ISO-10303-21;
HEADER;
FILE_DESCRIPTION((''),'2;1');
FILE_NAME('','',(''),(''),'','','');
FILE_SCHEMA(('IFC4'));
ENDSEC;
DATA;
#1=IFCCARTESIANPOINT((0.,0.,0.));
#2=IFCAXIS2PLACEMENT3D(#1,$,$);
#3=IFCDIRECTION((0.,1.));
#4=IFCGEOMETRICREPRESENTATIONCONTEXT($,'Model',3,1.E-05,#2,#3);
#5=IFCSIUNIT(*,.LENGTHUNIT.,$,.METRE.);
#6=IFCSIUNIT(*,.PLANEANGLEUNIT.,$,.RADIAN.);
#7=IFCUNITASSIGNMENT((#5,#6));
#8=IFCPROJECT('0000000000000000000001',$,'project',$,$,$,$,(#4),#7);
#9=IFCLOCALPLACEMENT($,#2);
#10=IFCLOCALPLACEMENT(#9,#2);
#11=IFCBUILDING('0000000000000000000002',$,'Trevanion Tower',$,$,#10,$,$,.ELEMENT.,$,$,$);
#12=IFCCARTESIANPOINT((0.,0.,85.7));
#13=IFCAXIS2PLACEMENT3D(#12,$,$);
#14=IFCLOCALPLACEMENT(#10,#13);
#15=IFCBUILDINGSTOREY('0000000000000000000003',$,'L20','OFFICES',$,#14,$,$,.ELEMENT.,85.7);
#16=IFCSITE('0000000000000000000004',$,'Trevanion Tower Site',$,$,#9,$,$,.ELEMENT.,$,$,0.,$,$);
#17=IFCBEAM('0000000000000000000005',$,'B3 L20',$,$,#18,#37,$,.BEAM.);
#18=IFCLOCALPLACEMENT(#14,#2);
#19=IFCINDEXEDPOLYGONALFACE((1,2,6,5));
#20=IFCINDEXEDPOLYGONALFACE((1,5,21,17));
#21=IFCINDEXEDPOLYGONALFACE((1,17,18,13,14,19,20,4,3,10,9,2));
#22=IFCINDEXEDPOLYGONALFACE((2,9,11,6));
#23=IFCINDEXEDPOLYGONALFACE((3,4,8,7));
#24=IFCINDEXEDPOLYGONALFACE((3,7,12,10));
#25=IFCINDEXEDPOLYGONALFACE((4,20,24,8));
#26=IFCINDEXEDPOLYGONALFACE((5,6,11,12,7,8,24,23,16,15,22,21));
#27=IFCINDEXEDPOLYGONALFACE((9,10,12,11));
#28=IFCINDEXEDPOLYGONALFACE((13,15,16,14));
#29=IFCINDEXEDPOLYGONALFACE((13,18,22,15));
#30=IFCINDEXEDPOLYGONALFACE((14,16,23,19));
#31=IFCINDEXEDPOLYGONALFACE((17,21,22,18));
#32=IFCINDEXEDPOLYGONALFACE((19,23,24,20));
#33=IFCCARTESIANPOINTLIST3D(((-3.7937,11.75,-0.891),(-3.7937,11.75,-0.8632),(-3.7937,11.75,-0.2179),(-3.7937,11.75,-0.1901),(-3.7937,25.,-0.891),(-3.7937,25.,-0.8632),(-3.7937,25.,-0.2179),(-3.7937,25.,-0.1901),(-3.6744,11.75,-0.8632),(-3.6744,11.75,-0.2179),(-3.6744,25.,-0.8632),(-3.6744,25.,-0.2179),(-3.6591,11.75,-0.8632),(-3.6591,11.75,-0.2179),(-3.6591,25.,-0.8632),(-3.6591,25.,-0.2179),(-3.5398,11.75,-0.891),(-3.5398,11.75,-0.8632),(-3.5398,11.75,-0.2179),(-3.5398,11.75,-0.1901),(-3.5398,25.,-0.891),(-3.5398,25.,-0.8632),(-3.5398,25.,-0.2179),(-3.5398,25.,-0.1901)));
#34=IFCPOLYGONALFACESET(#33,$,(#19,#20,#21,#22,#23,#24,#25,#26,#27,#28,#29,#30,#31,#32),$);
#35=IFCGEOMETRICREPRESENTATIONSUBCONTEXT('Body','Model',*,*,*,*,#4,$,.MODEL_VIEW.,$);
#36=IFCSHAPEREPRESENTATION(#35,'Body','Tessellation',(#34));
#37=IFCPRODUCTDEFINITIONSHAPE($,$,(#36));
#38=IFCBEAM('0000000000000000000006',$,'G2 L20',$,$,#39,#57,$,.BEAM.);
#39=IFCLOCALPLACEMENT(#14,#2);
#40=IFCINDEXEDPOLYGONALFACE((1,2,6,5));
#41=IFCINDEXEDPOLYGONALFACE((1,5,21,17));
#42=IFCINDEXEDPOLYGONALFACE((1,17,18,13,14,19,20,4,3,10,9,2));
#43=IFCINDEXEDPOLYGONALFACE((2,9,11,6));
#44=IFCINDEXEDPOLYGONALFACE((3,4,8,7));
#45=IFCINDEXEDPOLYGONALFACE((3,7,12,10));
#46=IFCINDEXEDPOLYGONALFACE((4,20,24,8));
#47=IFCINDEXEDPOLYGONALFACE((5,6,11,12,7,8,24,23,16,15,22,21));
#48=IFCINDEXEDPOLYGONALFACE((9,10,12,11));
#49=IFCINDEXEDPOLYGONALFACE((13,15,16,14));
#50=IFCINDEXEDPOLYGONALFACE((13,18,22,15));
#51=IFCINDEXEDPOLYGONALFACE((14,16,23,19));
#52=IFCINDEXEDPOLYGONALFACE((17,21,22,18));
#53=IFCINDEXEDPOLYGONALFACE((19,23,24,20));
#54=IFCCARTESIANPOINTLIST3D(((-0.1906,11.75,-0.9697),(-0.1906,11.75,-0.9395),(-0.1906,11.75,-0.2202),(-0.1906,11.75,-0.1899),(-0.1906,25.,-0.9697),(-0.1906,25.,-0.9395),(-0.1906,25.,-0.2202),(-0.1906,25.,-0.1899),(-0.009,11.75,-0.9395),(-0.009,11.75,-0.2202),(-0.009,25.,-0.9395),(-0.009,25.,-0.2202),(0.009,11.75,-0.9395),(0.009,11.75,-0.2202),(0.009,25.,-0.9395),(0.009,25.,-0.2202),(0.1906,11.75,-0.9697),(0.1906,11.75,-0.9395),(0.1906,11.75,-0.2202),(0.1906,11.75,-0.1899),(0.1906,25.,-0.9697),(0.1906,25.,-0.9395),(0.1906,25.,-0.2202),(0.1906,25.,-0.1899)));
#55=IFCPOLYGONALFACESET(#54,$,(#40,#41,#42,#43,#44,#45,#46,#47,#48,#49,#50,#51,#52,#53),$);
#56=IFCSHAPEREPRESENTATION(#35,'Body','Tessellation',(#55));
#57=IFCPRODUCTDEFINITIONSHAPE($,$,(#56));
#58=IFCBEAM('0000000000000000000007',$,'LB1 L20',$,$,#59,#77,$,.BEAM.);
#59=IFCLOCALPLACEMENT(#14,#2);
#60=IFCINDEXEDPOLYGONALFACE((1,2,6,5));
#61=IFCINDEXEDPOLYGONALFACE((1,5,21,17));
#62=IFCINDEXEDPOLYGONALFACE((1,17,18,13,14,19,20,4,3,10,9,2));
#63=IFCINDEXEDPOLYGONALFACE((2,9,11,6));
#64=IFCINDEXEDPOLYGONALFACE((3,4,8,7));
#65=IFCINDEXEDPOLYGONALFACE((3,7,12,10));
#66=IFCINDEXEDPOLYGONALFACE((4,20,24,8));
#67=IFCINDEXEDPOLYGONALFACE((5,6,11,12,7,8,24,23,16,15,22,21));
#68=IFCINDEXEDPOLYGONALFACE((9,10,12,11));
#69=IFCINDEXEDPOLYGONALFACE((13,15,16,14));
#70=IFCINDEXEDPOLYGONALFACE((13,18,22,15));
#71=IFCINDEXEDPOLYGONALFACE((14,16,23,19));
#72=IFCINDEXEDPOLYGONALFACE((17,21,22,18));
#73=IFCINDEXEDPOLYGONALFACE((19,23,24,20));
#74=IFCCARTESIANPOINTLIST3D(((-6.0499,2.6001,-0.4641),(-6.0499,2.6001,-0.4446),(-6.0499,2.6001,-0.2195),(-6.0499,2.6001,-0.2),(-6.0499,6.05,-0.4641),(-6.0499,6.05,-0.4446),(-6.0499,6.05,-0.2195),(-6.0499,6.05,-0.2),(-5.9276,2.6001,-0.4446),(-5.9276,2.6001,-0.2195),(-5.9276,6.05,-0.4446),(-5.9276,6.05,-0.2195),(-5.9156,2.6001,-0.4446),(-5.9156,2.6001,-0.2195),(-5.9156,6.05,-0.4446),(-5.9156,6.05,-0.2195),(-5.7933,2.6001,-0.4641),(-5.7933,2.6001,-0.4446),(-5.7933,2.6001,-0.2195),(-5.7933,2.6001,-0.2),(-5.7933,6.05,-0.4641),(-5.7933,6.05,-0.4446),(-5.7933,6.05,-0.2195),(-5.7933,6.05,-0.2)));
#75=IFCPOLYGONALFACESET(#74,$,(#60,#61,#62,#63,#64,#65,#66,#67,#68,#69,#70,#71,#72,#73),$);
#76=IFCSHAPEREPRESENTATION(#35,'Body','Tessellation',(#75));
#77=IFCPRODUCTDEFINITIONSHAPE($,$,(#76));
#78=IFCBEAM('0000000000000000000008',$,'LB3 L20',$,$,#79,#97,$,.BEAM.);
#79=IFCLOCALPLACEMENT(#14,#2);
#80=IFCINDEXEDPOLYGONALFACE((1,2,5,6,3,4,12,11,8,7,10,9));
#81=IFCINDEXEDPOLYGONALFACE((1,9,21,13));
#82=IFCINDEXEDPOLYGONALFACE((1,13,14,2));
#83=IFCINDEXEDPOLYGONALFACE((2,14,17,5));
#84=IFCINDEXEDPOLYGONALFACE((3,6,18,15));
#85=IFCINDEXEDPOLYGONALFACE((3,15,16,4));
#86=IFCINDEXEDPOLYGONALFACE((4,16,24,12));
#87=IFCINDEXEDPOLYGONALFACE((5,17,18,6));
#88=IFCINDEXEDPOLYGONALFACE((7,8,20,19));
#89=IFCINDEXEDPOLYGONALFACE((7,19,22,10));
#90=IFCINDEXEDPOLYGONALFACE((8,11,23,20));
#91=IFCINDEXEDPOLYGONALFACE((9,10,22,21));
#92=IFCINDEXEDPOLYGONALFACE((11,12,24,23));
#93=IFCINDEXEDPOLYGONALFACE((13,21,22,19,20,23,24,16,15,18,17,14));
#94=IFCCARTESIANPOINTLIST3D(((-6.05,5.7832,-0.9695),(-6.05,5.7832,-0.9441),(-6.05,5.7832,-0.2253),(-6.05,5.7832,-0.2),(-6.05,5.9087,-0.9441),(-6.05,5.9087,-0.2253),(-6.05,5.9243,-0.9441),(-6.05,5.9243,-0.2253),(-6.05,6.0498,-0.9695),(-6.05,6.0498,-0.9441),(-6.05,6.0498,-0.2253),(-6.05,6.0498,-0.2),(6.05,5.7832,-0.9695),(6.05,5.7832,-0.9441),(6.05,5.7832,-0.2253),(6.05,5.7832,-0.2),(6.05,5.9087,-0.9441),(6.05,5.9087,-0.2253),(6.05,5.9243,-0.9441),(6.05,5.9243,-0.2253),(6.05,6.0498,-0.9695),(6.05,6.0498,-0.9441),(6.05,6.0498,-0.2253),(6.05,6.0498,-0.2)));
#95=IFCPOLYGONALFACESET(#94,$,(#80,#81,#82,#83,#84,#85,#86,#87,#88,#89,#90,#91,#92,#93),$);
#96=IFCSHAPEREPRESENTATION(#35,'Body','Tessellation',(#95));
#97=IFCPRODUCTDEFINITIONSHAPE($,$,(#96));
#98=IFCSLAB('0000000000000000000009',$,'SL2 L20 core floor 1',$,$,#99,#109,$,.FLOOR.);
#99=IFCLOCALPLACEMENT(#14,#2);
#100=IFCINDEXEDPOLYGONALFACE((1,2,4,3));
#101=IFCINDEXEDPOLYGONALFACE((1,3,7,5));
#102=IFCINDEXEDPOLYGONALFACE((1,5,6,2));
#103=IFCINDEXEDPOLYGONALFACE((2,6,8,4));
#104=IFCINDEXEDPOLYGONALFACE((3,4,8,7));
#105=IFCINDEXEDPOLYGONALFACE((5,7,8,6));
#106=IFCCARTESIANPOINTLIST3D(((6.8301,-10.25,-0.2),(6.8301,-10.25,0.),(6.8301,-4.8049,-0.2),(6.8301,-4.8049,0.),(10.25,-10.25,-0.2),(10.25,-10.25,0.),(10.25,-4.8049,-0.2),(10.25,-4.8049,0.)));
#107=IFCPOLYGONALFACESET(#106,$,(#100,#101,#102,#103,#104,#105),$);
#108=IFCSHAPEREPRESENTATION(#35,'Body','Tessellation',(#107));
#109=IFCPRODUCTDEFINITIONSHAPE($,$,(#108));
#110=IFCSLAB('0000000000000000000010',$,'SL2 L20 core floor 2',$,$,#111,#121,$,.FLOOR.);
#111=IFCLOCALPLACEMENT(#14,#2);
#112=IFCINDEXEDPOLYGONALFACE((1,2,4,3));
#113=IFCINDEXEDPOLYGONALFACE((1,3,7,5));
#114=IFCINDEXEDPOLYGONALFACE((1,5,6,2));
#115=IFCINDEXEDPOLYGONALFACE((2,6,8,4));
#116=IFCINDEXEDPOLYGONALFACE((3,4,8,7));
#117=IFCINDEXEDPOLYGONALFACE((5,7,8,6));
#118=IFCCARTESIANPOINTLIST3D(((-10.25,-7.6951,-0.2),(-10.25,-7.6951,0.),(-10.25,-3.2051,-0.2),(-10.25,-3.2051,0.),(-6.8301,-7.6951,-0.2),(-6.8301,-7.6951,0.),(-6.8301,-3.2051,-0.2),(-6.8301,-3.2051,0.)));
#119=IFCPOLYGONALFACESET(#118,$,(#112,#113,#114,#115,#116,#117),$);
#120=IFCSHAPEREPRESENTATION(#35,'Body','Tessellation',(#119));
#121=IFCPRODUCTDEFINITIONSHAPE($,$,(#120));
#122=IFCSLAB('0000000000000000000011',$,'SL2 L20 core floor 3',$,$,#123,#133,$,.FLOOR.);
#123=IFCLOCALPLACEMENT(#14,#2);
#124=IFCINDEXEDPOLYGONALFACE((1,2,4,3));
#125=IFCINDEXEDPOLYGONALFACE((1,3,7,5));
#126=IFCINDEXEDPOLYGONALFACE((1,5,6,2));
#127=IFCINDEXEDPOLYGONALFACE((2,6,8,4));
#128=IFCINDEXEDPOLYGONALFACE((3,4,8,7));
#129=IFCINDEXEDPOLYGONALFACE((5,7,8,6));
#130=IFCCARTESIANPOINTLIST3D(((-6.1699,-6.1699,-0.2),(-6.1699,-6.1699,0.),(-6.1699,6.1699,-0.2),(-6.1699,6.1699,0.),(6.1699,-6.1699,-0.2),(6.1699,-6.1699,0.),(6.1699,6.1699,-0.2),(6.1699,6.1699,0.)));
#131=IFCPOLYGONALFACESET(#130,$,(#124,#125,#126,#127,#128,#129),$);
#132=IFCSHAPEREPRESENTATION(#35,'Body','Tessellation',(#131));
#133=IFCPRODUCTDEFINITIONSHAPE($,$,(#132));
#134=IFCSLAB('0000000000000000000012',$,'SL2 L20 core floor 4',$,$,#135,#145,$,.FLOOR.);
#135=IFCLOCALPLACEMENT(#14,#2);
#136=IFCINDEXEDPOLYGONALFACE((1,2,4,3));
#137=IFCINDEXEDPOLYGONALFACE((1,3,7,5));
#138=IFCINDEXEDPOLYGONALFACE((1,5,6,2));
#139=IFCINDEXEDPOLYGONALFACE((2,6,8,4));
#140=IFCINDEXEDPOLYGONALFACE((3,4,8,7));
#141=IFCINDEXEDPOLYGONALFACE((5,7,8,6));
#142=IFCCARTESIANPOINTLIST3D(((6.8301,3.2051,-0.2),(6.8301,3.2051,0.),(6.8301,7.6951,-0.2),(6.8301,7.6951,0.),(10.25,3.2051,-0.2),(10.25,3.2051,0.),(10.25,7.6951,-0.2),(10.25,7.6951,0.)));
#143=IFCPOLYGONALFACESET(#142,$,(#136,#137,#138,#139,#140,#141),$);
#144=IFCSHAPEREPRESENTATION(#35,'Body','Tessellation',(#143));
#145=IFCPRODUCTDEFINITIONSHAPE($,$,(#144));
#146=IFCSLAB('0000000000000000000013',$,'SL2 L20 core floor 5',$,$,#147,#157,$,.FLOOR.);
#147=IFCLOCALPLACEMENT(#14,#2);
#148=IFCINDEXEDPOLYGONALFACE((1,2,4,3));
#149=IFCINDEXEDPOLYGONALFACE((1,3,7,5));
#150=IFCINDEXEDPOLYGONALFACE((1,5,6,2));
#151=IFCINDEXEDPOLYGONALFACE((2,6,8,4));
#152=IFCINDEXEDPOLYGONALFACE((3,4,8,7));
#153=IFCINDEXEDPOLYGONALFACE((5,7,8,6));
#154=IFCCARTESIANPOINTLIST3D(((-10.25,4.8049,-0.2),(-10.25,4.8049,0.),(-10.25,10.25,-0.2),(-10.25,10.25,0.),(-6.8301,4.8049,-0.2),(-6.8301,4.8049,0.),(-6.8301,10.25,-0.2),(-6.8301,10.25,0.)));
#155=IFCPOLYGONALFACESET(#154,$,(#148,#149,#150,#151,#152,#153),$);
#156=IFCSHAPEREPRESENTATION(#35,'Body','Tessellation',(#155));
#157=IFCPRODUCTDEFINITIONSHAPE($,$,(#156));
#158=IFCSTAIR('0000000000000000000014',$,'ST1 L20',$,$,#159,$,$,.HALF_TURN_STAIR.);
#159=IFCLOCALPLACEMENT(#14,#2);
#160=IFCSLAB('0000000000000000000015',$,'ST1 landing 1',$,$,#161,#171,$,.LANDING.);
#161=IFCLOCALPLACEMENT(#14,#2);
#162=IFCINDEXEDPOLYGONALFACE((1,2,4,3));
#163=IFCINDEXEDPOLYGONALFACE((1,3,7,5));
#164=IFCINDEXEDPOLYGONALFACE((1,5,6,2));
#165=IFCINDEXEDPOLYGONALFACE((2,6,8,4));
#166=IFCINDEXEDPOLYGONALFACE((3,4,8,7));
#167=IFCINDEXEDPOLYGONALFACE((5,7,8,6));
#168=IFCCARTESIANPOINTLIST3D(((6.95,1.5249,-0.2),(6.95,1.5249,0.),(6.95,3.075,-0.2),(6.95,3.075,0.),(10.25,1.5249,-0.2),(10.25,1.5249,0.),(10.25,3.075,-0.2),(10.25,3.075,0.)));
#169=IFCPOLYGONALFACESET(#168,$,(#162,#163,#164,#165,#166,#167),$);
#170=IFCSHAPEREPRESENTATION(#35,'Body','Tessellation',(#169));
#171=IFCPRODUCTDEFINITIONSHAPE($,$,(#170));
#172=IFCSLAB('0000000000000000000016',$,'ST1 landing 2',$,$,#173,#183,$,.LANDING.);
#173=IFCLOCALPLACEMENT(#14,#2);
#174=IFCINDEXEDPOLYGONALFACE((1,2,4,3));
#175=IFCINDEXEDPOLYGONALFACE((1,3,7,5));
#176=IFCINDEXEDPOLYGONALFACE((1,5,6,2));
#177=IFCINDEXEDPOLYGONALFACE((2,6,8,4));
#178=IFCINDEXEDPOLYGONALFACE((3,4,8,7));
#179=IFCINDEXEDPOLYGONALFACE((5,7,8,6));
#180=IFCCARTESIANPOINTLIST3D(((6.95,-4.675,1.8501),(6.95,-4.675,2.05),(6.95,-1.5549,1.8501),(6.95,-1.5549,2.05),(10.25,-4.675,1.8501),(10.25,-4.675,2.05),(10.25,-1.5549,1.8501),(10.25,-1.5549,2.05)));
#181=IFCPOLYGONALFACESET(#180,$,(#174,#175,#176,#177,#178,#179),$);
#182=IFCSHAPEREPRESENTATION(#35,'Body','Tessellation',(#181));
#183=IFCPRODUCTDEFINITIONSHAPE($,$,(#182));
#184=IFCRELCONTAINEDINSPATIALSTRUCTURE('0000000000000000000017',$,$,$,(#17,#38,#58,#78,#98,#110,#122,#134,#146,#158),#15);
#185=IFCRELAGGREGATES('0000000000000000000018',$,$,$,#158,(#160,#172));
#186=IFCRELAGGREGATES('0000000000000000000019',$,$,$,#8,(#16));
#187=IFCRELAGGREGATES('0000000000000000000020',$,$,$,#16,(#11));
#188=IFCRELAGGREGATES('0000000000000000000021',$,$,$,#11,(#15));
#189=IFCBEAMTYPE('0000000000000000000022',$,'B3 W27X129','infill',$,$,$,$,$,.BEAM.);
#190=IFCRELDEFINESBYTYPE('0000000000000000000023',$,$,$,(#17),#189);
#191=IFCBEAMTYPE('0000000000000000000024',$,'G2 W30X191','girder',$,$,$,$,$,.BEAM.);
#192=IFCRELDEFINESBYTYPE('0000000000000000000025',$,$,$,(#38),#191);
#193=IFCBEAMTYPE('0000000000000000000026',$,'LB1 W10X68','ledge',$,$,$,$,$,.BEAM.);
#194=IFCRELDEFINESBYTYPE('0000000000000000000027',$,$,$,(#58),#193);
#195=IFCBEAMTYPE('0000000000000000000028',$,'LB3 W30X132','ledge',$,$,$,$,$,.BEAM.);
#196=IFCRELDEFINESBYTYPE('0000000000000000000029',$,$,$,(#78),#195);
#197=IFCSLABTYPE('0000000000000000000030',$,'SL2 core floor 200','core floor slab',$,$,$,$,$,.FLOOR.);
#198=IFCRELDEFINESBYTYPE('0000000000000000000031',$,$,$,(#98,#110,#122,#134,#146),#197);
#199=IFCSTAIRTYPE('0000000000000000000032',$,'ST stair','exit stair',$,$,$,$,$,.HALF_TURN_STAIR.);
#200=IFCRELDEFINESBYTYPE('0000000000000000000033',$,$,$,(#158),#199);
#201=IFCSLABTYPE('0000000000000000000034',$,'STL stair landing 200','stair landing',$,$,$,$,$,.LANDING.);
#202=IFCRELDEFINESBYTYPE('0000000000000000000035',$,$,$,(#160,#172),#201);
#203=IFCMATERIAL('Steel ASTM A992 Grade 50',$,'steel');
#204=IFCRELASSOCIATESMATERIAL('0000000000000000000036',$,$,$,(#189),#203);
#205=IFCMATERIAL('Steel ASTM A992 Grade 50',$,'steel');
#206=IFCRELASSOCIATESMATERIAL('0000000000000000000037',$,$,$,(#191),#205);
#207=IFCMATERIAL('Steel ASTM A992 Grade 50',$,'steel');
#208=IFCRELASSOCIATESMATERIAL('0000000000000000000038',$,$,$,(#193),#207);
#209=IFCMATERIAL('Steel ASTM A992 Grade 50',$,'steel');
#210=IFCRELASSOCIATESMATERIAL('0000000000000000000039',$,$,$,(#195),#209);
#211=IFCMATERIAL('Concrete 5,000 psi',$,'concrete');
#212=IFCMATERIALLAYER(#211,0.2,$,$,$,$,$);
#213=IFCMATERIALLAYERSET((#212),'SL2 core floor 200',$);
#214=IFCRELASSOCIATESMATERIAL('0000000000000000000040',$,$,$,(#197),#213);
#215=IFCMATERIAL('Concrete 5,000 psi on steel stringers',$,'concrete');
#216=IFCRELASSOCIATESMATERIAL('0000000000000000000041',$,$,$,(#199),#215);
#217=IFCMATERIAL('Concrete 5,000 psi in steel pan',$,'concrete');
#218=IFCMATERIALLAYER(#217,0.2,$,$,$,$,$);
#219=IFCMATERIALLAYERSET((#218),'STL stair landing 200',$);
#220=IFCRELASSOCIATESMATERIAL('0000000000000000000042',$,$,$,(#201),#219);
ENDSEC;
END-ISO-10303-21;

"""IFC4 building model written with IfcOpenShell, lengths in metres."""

from ifc_helpers import new_model, si_unit, direction, frame, origin, origin_2d, place, context, subcontext, project, spatial, polyline, i_section, outline, extrude, material, layer, layer_set, material_profile, profile_set, type_object, element, aggregate, save


model = new_model("IFC4")

# Units and contexts
model_context = context("Model", 3, precision=1e-05, world=origin(), true_north=direction((0.0, 1.0)))
body_context = subcontext(model_context, "Body", "Model", "MODEL_VIEW")
ifc_project = project(units=[si_unit("LENGTHUNIT", "METRE"), si_unit("PLANEANGLEUNIT", "RADIAN")], contexts=[model_context])

# Site, building, storey
site_placement = place(None, origin())
site = spatial("IfcSite", under=ifc_project, at=site_placement, Name="Trevanion Tower Site", CompositionType="ELEMENT", RefElevation=0.0)
building_placement = place(site_placement, origin())
building = spatial("IfcBuilding", under=site, at=building_placement, Name="Trevanion Tower", CompositionType="ELEMENT")
storey_placement = place(building_placement, frame((0.0, 0.0, 85.7)))
storey = spatial("IfcBuildingStorey", under=building, at=storey_placement, Name="L20", Description="OFFICES", CompositionType="ELEMENT", Elevation=85.7)

# Beams
ifc_material_1 = material(Name="Steel ASTM A992 Grade 50", Category="steel")
ifc_material_profile_1 = material_profile(ifc_material_1, i_section(OverallWidth=0.2539, OverallDepth=0.7009, WebThickness=0.0154, FlangeThickness=0.0278, at=origin_2d()), Name="W27X129")
ifc_profile_set_1 = profile_set([ifc_material_profile_1], Name="Steel ASTM A992 Grade 50")
beam_type_1 = type_object("IfcBeamType", Name="B3 W27X129", Description="infill", PredefinedType="BEAM", material=ifc_profile_set_1)
beam_1_placement = place(storey_placement, frame((-3.6667, 11.75, -0.5405), z_axis=(0.0, 1.0, 0.0), x_axis=(-1.0, 0.0, 0.0)))
element("IfcBeam", 1, at=beam_1_placement, inside=storey, type_object=beam_type_1, Name="B3 L20", PredefinedType="BEAM", context=body_context, shape_type="SweptSolid", body=[
    extrude(i_section(OverallWidth=0.2539, OverallDepth=0.7009, WebThickness=0.0154, FlangeThickness=0.0278, at=origin_2d()), origin(), (0.0, 0.0, 1.0), 13.25),
])
ifc_material_2 = material(Name="Steel ASTM A992 Grade 50", Category="steel")
ifc_material_profile_2 = material_profile(ifc_material_2, i_section(OverallWidth=0.3811, OverallDepth=0.7798, WebThickness=0.0181, FlangeThickness=0.0303, at=origin_2d()), Name="W30X191")
ifc_profile_set_2 = profile_set([ifc_material_profile_2], Name="Steel ASTM A992 Grade 50")
beam_type_2 = type_object("IfcBeamType", Name="G2 W30X191", Description="girder", PredefinedType="BEAM", material=ifc_profile_set_2)
beam_2_placement = place(storey_placement, frame((0.0, 11.75, -0.5798), z_axis=(0.0, 1.0, 0.0), x_axis=(-1.0, 0.0, 0.0)))
element("IfcBeam", 2, at=beam_2_placement, inside=storey, type_object=beam_type_2, Name="G2 L20", PredefinedType="BEAM", context=body_context, shape_type="SweptSolid", body=[
    extrude(i_section(OverallWidth=0.3811, OverallDepth=0.7798, WebThickness=0.0181, FlangeThickness=0.0303, at=origin_2d()), origin(), (0.0, 0.0, 1.0), 13.25),
])
ifc_material_3 = material(Name="Steel ASTM A992 Grade 50", Category="steel")
ifc_material_profile_3 = material_profile(ifc_material_3, i_section(OverallWidth=0.2566, OverallDepth=0.2642, WebThickness=0.012, FlangeThickness=0.0195, at=origin_2d()), Name="W10X68")
ifc_profile_set_3 = profile_set([ifc_material_profile_3], Name="Steel ASTM A992 Grade 50")
beam_type_3 = type_object("IfcBeamType", Name="LB1 W10X68", Description="ledge", PredefinedType="BEAM", material=ifc_profile_set_3)
beam_3_placement = place(storey_placement, frame((-5.9216, 2.6001, -0.332), z_axis=(0.0, 1.0, 0.0), x_axis=(-1.0, 0.0, 0.0)))
element("IfcBeam", 3, at=beam_3_placement, inside=storey, type_object=beam_type_3, Name="LB1 L20", PredefinedType="BEAM", context=body_context, shape_type="SweptSolid", body=[
    extrude(i_section(OverallWidth=0.2566, OverallDepth=0.2642, WebThickness=0.012, FlangeThickness=0.0195, at=origin_2d()), origin(), (0.0, 0.0, 1.0), 3.45),
])
ifc_material_4 = material(Name="Steel ASTM A992 Grade 50", Category="steel")
ifc_material_profile_4 = material_profile(ifc_material_4, i_section(OverallWidth=0.2666, OverallDepth=0.7695, WebThickness=0.0156, FlangeThickness=0.0254, at=origin_2d()), Name="W30X132")
ifc_profile_set_4 = profile_set([ifc_material_profile_4], Name="Steel ASTM A992 Grade 50")
beam_type_4 = type_object("IfcBeamType", Name="LB3 W30X132", Description="ledge", PredefinedType="BEAM", material=ifc_profile_set_4)
beam_4_placement = place(storey_placement, frame((-6.05, 5.9165, -0.5847), z_axis=(1.0, 0.0, 0.0), x_axis=(0.0, 1.0, 0.0)))
element("IfcBeam", 4, at=beam_4_placement, inside=storey, type_object=beam_type_4, Name="LB3 L20", PredefinedType="BEAM", context=body_context, shape_type="SweptSolid", body=[
    extrude(i_section(OverallWidth=0.2666, OverallDepth=0.7695, WebThickness=0.0156, FlangeThickness=0.0254, at=origin_2d()), origin(), (0.0, 0.0, 1.0), 12.1001),
])

# Slabs
ifc_material_5 = material(Name="Concrete 5,000 psi", Category="concrete")
ifc_layer_1 = layer(ifc_material_5, 0.2)
ifc_layer_set_1 = layer_set([ifc_layer_1], Name="SL2 core floor 200")
slab_type_1 = type_object("IfcSlabType", Name="SL2 core floor 200", Description="core floor slab", PredefinedType="FLOOR", material=ifc_layer_set_1)
slab_1_placement = place(storey_placement, frame((0.0, 0.0, -0.2)))
element("IfcSlab", 5, at=slab_1_placement, inside=storey, type_object=slab_type_1, Name="SL2 L20 core floor 1", PredefinedType="FLOOR", context=body_context, shape_type="SweptSolid", body=[
    extrude(outline(polyline([(10.25, -4.8049), (10.25, -10.25), (6.8301, -10.25), (6.8301, -4.8049), (10.25, -4.8049)])), origin(), (0.0, 0.0, 1.0), 0.2),
])
slab_2_placement = place(storey_placement, frame((0.0, 0.0, -0.2)))
element("IfcSlab", 6, at=slab_2_placement, inside=storey, type_object=slab_type_1, Name="SL2 L20 core floor 2", PredefinedType="FLOOR", context=body_context, shape_type="SweptSolid", body=[
    extrude(outline(polyline([(-6.8301, -3.2051), (-6.8301, -7.6951), (-10.25, -7.6951), (-10.25, -3.2051), (-6.8301, -3.2051)])), origin(), (0.0, 0.0, 1.0), 0.2),
])
slab_3_placement = place(storey_placement, frame((0.0, 0.0, -0.2)))
element("IfcSlab", 7, at=slab_3_placement, inside=storey, type_object=slab_type_1, Name="SL2 L20 core floor 3", PredefinedType="FLOOR", context=body_context, shape_type="SweptSolid", body=[
    extrude(outline(polyline([(6.1699, -6.1699), (-6.1699, -6.1699), (-6.1699, 6.1699), (6.1699, 6.1699), (6.1699, -6.1699)])), origin(), (0.0, 0.0, 1.0), 0.2),
])
slab_4_placement = place(storey_placement, frame((0.0, 0.0, -0.2)))
element("IfcSlab", 8, at=slab_4_placement, inside=storey, type_object=slab_type_1, Name="SL2 L20 core floor 4", PredefinedType="FLOOR", context=body_context, shape_type="SweptSolid", body=[
    extrude(outline(polyline([(6.8301, 3.2051), (6.8301, 7.6951), (10.25, 7.6951), (10.25, 3.2051), (6.8301, 3.2051)])), origin(), (0.0, 0.0, 1.0), 0.2),
])
slab_5_placement = place(storey_placement, frame((0.0, 0.0, -0.2)))
element("IfcSlab", 9, at=slab_5_placement, inside=storey, type_object=slab_type_1, Name="SL2 L20 core floor 5", PredefinedType="FLOOR", context=body_context, shape_type="SweptSolid", body=[
    extrude(outline(polyline([(-6.8301, 4.8049), (-10.25, 4.8049), (-10.25, 10.25), (-6.8301, 10.25), (-6.8301, 4.8049)])), origin(), (0.0, 0.0, 1.0), 0.2),
])

# Stair, slabs
ifc_material_6 = material(Name="Concrete 5,000 psi on steel stringers", Category="concrete")
stair_type = type_object("IfcStairType", Name="ST stair", Description="exit stair", PredefinedType="HALF_TURN_STAIR", material=ifc_material_6)
stair_1_placement = place(storey_placement, origin())
stair_1 = element("IfcStair", 10, at=stair_1_placement, inside=storey, type_object=stair_type, Name="ST1 L20", PredefinedType="HALF_TURN_STAIR")
ifc_material_7 = material(Name="Concrete 5,000 psi in steel pan", Category="concrete")
ifc_layer_2 = layer(ifc_material_7, 0.2)
ifc_layer_set_2 = layer_set([ifc_layer_2], Name="STL stair landing 200")
slab_type_2 = type_object("IfcSlabType", Name="STL stair landing 200", Description="stair landing", PredefinedType="LANDING", material=ifc_layer_set_2)
slab_6_placement = place(storey_placement, frame((0.0, 0.0, -0.2)))
slab_6 = element("IfcSlab", 11, at=slab_6_placement, type_object=slab_type_2, Name="ST1 landing 1", PredefinedType="LANDING", context=body_context, shape_type="SweptSolid", body=[
    extrude(outline(polyline([(6.95, 1.5249), (10.25, 1.5249), (10.25, 3.075), (6.95, 3.075), (6.95, 1.5249)])), origin(), (0.0, 0.0, 1.0), 0.2),
])
slab_7_placement = place(storey_placement, frame((0.0, 0.0, 1.8501)))
slab_7 = element("IfcSlab", 12, at=slab_7_placement, type_object=slab_type_2, Name="ST1 landing 2", PredefinedType="LANDING", context=body_context, shape_type="SweptSolid", body=[
    extrude(outline(polyline([(6.95, -4.675), (10.25, -4.675), (10.25, -1.5549), (6.95, -1.5549), (6.95, -4.675)])), origin(), (0.0, 0.0, 1.0), 0.2),
])
aggregate(stair_1, [slab_6, slab_7])

save(model, "model.ifc")
